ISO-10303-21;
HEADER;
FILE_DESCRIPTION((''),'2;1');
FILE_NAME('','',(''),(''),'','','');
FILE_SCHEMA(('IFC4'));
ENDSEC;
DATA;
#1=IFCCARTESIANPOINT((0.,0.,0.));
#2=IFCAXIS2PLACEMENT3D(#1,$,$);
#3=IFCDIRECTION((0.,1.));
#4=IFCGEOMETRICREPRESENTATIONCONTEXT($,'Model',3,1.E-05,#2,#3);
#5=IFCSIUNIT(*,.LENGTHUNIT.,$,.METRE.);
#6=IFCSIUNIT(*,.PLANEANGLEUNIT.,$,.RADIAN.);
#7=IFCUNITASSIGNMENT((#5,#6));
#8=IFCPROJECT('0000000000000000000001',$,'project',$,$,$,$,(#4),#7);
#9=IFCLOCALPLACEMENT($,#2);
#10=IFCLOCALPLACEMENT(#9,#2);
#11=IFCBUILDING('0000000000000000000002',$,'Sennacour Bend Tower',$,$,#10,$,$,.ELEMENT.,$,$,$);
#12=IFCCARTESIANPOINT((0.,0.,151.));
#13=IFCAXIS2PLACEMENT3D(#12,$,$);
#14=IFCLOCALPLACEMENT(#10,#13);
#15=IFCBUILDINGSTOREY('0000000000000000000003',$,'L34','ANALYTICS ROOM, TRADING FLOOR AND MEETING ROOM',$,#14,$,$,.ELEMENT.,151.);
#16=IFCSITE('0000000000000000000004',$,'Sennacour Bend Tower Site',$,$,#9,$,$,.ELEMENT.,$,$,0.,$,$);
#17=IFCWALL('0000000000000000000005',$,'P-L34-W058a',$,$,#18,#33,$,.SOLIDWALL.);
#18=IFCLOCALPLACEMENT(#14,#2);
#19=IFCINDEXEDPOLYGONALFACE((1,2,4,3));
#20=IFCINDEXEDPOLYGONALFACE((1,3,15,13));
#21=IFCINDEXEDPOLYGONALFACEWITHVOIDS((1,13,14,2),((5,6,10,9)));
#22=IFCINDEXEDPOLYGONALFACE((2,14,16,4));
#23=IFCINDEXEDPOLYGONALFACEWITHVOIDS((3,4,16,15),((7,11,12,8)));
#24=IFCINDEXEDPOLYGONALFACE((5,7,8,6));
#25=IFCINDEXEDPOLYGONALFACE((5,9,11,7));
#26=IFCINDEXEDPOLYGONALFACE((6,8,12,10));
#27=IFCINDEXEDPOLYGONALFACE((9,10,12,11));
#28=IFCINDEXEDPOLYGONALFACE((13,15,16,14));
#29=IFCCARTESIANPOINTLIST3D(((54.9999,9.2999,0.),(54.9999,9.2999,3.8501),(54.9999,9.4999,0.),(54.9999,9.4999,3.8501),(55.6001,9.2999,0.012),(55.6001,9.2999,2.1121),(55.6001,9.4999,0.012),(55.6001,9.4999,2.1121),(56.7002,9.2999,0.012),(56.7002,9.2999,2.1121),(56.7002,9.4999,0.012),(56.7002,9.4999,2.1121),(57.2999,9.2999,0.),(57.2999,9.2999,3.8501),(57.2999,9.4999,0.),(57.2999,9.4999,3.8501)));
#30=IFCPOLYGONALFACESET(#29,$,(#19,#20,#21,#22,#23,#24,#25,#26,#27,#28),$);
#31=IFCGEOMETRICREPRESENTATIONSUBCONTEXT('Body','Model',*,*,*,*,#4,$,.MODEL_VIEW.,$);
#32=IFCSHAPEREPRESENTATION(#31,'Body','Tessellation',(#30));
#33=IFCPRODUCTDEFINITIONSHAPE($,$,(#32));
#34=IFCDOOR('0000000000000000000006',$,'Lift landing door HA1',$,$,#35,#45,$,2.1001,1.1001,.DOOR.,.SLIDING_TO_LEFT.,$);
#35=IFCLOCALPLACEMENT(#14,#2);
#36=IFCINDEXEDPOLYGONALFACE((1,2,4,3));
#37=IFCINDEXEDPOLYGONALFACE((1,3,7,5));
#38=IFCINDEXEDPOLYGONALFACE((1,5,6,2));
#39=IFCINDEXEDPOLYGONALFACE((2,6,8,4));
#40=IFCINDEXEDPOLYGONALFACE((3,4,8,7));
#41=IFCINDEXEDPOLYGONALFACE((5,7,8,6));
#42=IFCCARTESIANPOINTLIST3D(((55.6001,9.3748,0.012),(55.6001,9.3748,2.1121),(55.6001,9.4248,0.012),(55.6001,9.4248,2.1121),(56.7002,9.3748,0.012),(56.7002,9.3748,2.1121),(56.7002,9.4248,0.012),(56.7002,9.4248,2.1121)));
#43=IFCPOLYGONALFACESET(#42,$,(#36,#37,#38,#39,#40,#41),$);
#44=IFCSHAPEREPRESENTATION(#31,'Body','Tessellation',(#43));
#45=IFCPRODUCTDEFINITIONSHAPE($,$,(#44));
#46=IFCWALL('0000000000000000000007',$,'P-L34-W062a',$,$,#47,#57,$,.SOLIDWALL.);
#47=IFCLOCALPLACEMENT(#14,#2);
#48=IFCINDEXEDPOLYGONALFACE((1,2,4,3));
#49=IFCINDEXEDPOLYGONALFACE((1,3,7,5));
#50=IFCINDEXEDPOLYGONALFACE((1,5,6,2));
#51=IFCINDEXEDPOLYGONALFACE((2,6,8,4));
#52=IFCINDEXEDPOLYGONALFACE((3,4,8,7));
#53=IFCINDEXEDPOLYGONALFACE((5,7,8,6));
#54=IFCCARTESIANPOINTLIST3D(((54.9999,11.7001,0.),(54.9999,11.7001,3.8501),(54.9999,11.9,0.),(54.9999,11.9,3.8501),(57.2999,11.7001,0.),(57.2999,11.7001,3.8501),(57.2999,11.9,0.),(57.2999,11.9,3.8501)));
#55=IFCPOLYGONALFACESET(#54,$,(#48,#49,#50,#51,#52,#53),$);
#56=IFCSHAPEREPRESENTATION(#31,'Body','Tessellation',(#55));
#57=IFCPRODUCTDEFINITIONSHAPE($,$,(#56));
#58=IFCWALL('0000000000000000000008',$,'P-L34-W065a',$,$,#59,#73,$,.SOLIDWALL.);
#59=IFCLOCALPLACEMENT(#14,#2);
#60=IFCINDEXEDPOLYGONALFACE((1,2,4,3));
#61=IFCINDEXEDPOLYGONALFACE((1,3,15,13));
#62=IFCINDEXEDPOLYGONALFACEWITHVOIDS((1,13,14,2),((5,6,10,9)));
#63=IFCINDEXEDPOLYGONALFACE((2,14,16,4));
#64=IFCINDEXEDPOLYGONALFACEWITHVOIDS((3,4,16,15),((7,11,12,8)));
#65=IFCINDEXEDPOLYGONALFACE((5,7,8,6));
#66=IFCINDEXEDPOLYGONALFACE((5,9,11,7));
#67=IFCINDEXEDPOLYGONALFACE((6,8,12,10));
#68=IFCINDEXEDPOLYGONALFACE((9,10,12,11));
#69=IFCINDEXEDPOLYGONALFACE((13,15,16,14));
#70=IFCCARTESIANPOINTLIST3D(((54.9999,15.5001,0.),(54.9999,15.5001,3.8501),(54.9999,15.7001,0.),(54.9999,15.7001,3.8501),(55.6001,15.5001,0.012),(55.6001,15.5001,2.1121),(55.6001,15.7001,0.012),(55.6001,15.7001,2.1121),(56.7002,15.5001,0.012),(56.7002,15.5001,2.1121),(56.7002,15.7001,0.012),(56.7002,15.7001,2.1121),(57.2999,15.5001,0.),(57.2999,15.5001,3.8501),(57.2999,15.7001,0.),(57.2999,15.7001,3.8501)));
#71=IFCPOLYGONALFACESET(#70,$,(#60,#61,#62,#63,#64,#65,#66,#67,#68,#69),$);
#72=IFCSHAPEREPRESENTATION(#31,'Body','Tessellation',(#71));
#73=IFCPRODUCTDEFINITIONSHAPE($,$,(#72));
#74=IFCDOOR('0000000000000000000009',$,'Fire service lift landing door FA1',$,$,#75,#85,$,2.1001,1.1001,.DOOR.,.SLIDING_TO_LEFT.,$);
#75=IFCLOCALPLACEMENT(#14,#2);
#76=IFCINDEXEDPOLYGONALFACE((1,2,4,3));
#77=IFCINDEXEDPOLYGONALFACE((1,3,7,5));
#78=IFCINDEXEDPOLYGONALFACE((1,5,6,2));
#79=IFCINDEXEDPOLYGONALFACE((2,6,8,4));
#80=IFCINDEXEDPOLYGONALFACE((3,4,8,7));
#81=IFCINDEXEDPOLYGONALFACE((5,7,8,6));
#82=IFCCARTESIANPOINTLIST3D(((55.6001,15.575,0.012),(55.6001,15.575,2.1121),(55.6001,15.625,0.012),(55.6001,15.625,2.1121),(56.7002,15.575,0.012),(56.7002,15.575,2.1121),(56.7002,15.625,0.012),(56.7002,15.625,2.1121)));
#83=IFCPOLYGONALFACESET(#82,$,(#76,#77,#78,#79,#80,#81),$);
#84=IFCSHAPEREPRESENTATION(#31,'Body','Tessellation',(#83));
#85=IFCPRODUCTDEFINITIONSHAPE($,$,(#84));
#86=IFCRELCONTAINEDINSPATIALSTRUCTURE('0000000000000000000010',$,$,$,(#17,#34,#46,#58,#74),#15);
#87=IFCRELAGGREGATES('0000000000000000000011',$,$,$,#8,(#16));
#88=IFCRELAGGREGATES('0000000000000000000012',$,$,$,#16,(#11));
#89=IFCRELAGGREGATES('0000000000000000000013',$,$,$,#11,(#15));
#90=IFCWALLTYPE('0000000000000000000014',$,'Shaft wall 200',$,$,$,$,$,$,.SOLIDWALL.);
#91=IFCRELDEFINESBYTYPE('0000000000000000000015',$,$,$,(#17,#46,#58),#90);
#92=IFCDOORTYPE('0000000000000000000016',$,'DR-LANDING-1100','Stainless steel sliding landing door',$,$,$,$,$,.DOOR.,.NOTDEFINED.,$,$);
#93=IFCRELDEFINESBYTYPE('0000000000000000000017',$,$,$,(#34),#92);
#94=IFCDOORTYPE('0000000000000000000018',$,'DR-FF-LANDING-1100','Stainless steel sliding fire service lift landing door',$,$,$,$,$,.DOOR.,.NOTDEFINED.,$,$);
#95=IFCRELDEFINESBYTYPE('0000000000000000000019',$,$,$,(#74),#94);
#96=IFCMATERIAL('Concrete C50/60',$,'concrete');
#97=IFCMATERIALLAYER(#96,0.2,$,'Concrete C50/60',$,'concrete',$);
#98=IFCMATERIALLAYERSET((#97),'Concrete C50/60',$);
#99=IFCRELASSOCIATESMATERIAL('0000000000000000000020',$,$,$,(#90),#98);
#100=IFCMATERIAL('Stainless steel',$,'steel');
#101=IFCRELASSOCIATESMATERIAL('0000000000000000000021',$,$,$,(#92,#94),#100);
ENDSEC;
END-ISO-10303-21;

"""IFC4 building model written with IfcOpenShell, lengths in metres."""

from ifc_helpers import new_model, si_unit, direction, frame, frame_2d, origin, place, context, subcontext, project, spatial, rectangle, extrude, material, layer, layer_set, type_object, element, fill, save


model = new_model("IFC4")

# Units and contexts
model_context = context("Model", 3, precision=1e-05, world=origin(), true_north=direction((0.0, 1.0)))
body_context = subcontext(model_context, "Body", "Model", "MODEL_VIEW")
ifc_project = project(units=[si_unit("LENGTHUNIT", "METRE"), si_unit("PLANEANGLEUNIT", "RADIAN")], contexts=[model_context])

# Site, building, storey
site_placement = place(None, origin())
site = spatial("IfcSite", under=ifc_project, at=site_placement, Name="Sennacour Bend Tower Site", CompositionType="ELEMENT", RefElevation=0.0)
building_placement = place(site_placement, origin())
building = spatial("IfcBuilding", under=site, at=building_placement, Name="Sennacour Bend Tower", CompositionType="ELEMENT")
storey_placement = place(building_placement, frame((0.0, 0.0, 151.0)))
storey = spatial("IfcBuildingStorey", under=building, at=storey_placement, Name="L34", Description="ANALYTICS ROOM, TRADING FLOOR AND MEETING ROOM", CompositionType="ELEMENT", Elevation=151.0)

# Wall, opening, door
ifc_material_1 = material(Name="Concrete C50/60", Category="concrete")
ifc_layer_1 = layer(ifc_material_1, 0.2, Name="Concrete C50/60", Category="concrete")
ifc_layer_set_1 = layer_set([ifc_layer_1], Name="Concrete C50/60")
wall_type_1 = type_object("IfcWallType", Name="Shaft wall 200", PredefinedType="SOLIDWALL", material=ifc_layer_set_1)
wall_1_placement = place(storey_placement, frame((55.0, 9.3999, 0.0), z_axis=(0.0, 0.0, 1.0), x_axis=(1.0, 0.0, 0.0)))
wall_1 = element("IfcWall", 1, at=wall_1_placement, inside=storey, type_object=wall_type_1, Name="P-L34-W058a", PredefinedType="SOLIDWALL", context=body_context, shape_type="SweptSolid", body=[
    extrude(rectangle(XDim=2.3, YDim=0.2, at=frame_2d((1.1499, 0.0))), origin(), (0.0, 0.0, 1.0), 3.8501),
])
opening_1_placement = place(wall_1_placement, frame((0.6001, 0.0, 0.012)))
opening_1 = element("IfcOpeningElement", 2, at=opening_1_placement, cuts=wall_1, PredefinedType="OPENING", context=body_context, shape_type="SweptSolid", body=[
    extrude(rectangle(XDim=1.1001, YDim=2.1001, at=frame_2d((0.55, 1.05))), frame((0.0, 0.1099, 0.0), z_axis=(0.0, -1.0, 0.0), x_axis=(1.0, 0.0, 0.0)), (0.0, 0.0, 1.0), 0.22),
])
ifc_material_2 = material(Name="Stainless steel", Category="steel")
door_type_1 = type_object("IfcDoorType", Name="DR-LANDING-1100", Description="Stainless steel sliding landing door", OperationType="NOTDEFINED", PredefinedType="DOOR", material=ifc_material_2)
door_1_placement = place(opening_1_placement, origin())
door_1 = element("IfcDoor", 3, at=door_1_placement, inside=storey, type_object=door_type_1, Name="Lift landing door HA1", OperationType="SLIDING_TO_LEFT", OverallHeight=2.1001, OverallWidth=1.1001, PredefinedType="DOOR", context=body_context, shape_type="SweptSolid", body=[
    extrude(rectangle(XDim=1.1001, YDim=2.1001, at=frame_2d((0.55, 1.05))), frame((0.0, 0.0249, 0.0), z_axis=(0.0, -1.0, 0.0), x_axis=(1.0, 0.0, 0.0)), (0.0, 0.0, 1.0), 0.05),
])
fill(opening_1, door_1)

# Wall
wall_2_placement = place(storey_placement, frame((55.0, 11.8, 0.0), z_axis=(0.0, 0.0, 1.0), x_axis=(1.0, 0.0, 0.0)))
element("IfcWall", 4, at=wall_2_placement, inside=storey, type_object=wall_type_1, Name="P-L34-W062a", PredefinedType="SOLIDWALL", context=body_context, shape_type="SweptSolid", body=[
    extrude(rectangle(XDim=2.3, YDim=0.2, at=frame_2d((1.1499, 0.0))), origin(), (0.0, 0.0, 1.0), 3.8501),
])

# Wall, opening, door
wall_3_placement = place(storey_placement, frame((55.0, 15.6001, 0.0), z_axis=(0.0, 0.0, 1.0), x_axis=(1.0, 0.0, 0.0)))
wall_3 = element("IfcWall", 5, at=wall_3_placement, inside=storey, type_object=wall_type_1, Name="P-L34-W065a", PredefinedType="SOLIDWALL", context=body_context, shape_type="SweptSolid", body=[
    extrude(rectangle(XDim=2.3, YDim=0.2, at=frame_2d((1.1499, 0.0))), origin(), (0.0, 0.0, 1.0), 3.8501),
])
opening_2_placement = place(wall_3_placement, frame((0.6001, 0.0, 0.012)))
opening_2 = element("IfcOpeningElement", 6, at=opening_2_placement, cuts=wall_3, PredefinedType="OPENING", context=body_context, shape_type="SweptSolid", body=[
    extrude(rectangle(XDim=1.1001, YDim=2.1001, at=frame_2d((0.55, 1.05))), frame((0.0, 0.1099, 0.0), z_axis=(0.0, -1.0, 0.0), x_axis=(1.0, 0.0, 0.0)), (0.0, 0.0, 1.0), 0.22),
])
door_type_2 = type_object("IfcDoorType", Name="DR-FF-LANDING-1100", Description="Stainless steel sliding fire service lift landing door", OperationType="NOTDEFINED", PredefinedType="DOOR", material=ifc_material_2)
door_2_placement = place(opening_2_placement, origin())
door_2 = element("IfcDoor", 7, at=door_2_placement, inside=storey, type_object=door_type_2, Name="Fire service lift landing door FA1", OperationType="SLIDING_TO_LEFT", OverallHeight=2.1001, OverallWidth=1.1001, PredefinedType="DOOR", context=body_context, shape_type="SweptSolid", body=[
    extrude(rectangle(XDim=1.1001, YDim=2.1001, at=frame_2d((0.55, 1.05))), frame((0.0, 0.0249, 0.0), z_axis=(0.0, -1.0, 0.0), x_axis=(1.0, 0.0, 0.0)), (0.0, 0.0, 1.0), 0.05),
])
fill(opening_2, door_2)

save(model, "model.ifc")
